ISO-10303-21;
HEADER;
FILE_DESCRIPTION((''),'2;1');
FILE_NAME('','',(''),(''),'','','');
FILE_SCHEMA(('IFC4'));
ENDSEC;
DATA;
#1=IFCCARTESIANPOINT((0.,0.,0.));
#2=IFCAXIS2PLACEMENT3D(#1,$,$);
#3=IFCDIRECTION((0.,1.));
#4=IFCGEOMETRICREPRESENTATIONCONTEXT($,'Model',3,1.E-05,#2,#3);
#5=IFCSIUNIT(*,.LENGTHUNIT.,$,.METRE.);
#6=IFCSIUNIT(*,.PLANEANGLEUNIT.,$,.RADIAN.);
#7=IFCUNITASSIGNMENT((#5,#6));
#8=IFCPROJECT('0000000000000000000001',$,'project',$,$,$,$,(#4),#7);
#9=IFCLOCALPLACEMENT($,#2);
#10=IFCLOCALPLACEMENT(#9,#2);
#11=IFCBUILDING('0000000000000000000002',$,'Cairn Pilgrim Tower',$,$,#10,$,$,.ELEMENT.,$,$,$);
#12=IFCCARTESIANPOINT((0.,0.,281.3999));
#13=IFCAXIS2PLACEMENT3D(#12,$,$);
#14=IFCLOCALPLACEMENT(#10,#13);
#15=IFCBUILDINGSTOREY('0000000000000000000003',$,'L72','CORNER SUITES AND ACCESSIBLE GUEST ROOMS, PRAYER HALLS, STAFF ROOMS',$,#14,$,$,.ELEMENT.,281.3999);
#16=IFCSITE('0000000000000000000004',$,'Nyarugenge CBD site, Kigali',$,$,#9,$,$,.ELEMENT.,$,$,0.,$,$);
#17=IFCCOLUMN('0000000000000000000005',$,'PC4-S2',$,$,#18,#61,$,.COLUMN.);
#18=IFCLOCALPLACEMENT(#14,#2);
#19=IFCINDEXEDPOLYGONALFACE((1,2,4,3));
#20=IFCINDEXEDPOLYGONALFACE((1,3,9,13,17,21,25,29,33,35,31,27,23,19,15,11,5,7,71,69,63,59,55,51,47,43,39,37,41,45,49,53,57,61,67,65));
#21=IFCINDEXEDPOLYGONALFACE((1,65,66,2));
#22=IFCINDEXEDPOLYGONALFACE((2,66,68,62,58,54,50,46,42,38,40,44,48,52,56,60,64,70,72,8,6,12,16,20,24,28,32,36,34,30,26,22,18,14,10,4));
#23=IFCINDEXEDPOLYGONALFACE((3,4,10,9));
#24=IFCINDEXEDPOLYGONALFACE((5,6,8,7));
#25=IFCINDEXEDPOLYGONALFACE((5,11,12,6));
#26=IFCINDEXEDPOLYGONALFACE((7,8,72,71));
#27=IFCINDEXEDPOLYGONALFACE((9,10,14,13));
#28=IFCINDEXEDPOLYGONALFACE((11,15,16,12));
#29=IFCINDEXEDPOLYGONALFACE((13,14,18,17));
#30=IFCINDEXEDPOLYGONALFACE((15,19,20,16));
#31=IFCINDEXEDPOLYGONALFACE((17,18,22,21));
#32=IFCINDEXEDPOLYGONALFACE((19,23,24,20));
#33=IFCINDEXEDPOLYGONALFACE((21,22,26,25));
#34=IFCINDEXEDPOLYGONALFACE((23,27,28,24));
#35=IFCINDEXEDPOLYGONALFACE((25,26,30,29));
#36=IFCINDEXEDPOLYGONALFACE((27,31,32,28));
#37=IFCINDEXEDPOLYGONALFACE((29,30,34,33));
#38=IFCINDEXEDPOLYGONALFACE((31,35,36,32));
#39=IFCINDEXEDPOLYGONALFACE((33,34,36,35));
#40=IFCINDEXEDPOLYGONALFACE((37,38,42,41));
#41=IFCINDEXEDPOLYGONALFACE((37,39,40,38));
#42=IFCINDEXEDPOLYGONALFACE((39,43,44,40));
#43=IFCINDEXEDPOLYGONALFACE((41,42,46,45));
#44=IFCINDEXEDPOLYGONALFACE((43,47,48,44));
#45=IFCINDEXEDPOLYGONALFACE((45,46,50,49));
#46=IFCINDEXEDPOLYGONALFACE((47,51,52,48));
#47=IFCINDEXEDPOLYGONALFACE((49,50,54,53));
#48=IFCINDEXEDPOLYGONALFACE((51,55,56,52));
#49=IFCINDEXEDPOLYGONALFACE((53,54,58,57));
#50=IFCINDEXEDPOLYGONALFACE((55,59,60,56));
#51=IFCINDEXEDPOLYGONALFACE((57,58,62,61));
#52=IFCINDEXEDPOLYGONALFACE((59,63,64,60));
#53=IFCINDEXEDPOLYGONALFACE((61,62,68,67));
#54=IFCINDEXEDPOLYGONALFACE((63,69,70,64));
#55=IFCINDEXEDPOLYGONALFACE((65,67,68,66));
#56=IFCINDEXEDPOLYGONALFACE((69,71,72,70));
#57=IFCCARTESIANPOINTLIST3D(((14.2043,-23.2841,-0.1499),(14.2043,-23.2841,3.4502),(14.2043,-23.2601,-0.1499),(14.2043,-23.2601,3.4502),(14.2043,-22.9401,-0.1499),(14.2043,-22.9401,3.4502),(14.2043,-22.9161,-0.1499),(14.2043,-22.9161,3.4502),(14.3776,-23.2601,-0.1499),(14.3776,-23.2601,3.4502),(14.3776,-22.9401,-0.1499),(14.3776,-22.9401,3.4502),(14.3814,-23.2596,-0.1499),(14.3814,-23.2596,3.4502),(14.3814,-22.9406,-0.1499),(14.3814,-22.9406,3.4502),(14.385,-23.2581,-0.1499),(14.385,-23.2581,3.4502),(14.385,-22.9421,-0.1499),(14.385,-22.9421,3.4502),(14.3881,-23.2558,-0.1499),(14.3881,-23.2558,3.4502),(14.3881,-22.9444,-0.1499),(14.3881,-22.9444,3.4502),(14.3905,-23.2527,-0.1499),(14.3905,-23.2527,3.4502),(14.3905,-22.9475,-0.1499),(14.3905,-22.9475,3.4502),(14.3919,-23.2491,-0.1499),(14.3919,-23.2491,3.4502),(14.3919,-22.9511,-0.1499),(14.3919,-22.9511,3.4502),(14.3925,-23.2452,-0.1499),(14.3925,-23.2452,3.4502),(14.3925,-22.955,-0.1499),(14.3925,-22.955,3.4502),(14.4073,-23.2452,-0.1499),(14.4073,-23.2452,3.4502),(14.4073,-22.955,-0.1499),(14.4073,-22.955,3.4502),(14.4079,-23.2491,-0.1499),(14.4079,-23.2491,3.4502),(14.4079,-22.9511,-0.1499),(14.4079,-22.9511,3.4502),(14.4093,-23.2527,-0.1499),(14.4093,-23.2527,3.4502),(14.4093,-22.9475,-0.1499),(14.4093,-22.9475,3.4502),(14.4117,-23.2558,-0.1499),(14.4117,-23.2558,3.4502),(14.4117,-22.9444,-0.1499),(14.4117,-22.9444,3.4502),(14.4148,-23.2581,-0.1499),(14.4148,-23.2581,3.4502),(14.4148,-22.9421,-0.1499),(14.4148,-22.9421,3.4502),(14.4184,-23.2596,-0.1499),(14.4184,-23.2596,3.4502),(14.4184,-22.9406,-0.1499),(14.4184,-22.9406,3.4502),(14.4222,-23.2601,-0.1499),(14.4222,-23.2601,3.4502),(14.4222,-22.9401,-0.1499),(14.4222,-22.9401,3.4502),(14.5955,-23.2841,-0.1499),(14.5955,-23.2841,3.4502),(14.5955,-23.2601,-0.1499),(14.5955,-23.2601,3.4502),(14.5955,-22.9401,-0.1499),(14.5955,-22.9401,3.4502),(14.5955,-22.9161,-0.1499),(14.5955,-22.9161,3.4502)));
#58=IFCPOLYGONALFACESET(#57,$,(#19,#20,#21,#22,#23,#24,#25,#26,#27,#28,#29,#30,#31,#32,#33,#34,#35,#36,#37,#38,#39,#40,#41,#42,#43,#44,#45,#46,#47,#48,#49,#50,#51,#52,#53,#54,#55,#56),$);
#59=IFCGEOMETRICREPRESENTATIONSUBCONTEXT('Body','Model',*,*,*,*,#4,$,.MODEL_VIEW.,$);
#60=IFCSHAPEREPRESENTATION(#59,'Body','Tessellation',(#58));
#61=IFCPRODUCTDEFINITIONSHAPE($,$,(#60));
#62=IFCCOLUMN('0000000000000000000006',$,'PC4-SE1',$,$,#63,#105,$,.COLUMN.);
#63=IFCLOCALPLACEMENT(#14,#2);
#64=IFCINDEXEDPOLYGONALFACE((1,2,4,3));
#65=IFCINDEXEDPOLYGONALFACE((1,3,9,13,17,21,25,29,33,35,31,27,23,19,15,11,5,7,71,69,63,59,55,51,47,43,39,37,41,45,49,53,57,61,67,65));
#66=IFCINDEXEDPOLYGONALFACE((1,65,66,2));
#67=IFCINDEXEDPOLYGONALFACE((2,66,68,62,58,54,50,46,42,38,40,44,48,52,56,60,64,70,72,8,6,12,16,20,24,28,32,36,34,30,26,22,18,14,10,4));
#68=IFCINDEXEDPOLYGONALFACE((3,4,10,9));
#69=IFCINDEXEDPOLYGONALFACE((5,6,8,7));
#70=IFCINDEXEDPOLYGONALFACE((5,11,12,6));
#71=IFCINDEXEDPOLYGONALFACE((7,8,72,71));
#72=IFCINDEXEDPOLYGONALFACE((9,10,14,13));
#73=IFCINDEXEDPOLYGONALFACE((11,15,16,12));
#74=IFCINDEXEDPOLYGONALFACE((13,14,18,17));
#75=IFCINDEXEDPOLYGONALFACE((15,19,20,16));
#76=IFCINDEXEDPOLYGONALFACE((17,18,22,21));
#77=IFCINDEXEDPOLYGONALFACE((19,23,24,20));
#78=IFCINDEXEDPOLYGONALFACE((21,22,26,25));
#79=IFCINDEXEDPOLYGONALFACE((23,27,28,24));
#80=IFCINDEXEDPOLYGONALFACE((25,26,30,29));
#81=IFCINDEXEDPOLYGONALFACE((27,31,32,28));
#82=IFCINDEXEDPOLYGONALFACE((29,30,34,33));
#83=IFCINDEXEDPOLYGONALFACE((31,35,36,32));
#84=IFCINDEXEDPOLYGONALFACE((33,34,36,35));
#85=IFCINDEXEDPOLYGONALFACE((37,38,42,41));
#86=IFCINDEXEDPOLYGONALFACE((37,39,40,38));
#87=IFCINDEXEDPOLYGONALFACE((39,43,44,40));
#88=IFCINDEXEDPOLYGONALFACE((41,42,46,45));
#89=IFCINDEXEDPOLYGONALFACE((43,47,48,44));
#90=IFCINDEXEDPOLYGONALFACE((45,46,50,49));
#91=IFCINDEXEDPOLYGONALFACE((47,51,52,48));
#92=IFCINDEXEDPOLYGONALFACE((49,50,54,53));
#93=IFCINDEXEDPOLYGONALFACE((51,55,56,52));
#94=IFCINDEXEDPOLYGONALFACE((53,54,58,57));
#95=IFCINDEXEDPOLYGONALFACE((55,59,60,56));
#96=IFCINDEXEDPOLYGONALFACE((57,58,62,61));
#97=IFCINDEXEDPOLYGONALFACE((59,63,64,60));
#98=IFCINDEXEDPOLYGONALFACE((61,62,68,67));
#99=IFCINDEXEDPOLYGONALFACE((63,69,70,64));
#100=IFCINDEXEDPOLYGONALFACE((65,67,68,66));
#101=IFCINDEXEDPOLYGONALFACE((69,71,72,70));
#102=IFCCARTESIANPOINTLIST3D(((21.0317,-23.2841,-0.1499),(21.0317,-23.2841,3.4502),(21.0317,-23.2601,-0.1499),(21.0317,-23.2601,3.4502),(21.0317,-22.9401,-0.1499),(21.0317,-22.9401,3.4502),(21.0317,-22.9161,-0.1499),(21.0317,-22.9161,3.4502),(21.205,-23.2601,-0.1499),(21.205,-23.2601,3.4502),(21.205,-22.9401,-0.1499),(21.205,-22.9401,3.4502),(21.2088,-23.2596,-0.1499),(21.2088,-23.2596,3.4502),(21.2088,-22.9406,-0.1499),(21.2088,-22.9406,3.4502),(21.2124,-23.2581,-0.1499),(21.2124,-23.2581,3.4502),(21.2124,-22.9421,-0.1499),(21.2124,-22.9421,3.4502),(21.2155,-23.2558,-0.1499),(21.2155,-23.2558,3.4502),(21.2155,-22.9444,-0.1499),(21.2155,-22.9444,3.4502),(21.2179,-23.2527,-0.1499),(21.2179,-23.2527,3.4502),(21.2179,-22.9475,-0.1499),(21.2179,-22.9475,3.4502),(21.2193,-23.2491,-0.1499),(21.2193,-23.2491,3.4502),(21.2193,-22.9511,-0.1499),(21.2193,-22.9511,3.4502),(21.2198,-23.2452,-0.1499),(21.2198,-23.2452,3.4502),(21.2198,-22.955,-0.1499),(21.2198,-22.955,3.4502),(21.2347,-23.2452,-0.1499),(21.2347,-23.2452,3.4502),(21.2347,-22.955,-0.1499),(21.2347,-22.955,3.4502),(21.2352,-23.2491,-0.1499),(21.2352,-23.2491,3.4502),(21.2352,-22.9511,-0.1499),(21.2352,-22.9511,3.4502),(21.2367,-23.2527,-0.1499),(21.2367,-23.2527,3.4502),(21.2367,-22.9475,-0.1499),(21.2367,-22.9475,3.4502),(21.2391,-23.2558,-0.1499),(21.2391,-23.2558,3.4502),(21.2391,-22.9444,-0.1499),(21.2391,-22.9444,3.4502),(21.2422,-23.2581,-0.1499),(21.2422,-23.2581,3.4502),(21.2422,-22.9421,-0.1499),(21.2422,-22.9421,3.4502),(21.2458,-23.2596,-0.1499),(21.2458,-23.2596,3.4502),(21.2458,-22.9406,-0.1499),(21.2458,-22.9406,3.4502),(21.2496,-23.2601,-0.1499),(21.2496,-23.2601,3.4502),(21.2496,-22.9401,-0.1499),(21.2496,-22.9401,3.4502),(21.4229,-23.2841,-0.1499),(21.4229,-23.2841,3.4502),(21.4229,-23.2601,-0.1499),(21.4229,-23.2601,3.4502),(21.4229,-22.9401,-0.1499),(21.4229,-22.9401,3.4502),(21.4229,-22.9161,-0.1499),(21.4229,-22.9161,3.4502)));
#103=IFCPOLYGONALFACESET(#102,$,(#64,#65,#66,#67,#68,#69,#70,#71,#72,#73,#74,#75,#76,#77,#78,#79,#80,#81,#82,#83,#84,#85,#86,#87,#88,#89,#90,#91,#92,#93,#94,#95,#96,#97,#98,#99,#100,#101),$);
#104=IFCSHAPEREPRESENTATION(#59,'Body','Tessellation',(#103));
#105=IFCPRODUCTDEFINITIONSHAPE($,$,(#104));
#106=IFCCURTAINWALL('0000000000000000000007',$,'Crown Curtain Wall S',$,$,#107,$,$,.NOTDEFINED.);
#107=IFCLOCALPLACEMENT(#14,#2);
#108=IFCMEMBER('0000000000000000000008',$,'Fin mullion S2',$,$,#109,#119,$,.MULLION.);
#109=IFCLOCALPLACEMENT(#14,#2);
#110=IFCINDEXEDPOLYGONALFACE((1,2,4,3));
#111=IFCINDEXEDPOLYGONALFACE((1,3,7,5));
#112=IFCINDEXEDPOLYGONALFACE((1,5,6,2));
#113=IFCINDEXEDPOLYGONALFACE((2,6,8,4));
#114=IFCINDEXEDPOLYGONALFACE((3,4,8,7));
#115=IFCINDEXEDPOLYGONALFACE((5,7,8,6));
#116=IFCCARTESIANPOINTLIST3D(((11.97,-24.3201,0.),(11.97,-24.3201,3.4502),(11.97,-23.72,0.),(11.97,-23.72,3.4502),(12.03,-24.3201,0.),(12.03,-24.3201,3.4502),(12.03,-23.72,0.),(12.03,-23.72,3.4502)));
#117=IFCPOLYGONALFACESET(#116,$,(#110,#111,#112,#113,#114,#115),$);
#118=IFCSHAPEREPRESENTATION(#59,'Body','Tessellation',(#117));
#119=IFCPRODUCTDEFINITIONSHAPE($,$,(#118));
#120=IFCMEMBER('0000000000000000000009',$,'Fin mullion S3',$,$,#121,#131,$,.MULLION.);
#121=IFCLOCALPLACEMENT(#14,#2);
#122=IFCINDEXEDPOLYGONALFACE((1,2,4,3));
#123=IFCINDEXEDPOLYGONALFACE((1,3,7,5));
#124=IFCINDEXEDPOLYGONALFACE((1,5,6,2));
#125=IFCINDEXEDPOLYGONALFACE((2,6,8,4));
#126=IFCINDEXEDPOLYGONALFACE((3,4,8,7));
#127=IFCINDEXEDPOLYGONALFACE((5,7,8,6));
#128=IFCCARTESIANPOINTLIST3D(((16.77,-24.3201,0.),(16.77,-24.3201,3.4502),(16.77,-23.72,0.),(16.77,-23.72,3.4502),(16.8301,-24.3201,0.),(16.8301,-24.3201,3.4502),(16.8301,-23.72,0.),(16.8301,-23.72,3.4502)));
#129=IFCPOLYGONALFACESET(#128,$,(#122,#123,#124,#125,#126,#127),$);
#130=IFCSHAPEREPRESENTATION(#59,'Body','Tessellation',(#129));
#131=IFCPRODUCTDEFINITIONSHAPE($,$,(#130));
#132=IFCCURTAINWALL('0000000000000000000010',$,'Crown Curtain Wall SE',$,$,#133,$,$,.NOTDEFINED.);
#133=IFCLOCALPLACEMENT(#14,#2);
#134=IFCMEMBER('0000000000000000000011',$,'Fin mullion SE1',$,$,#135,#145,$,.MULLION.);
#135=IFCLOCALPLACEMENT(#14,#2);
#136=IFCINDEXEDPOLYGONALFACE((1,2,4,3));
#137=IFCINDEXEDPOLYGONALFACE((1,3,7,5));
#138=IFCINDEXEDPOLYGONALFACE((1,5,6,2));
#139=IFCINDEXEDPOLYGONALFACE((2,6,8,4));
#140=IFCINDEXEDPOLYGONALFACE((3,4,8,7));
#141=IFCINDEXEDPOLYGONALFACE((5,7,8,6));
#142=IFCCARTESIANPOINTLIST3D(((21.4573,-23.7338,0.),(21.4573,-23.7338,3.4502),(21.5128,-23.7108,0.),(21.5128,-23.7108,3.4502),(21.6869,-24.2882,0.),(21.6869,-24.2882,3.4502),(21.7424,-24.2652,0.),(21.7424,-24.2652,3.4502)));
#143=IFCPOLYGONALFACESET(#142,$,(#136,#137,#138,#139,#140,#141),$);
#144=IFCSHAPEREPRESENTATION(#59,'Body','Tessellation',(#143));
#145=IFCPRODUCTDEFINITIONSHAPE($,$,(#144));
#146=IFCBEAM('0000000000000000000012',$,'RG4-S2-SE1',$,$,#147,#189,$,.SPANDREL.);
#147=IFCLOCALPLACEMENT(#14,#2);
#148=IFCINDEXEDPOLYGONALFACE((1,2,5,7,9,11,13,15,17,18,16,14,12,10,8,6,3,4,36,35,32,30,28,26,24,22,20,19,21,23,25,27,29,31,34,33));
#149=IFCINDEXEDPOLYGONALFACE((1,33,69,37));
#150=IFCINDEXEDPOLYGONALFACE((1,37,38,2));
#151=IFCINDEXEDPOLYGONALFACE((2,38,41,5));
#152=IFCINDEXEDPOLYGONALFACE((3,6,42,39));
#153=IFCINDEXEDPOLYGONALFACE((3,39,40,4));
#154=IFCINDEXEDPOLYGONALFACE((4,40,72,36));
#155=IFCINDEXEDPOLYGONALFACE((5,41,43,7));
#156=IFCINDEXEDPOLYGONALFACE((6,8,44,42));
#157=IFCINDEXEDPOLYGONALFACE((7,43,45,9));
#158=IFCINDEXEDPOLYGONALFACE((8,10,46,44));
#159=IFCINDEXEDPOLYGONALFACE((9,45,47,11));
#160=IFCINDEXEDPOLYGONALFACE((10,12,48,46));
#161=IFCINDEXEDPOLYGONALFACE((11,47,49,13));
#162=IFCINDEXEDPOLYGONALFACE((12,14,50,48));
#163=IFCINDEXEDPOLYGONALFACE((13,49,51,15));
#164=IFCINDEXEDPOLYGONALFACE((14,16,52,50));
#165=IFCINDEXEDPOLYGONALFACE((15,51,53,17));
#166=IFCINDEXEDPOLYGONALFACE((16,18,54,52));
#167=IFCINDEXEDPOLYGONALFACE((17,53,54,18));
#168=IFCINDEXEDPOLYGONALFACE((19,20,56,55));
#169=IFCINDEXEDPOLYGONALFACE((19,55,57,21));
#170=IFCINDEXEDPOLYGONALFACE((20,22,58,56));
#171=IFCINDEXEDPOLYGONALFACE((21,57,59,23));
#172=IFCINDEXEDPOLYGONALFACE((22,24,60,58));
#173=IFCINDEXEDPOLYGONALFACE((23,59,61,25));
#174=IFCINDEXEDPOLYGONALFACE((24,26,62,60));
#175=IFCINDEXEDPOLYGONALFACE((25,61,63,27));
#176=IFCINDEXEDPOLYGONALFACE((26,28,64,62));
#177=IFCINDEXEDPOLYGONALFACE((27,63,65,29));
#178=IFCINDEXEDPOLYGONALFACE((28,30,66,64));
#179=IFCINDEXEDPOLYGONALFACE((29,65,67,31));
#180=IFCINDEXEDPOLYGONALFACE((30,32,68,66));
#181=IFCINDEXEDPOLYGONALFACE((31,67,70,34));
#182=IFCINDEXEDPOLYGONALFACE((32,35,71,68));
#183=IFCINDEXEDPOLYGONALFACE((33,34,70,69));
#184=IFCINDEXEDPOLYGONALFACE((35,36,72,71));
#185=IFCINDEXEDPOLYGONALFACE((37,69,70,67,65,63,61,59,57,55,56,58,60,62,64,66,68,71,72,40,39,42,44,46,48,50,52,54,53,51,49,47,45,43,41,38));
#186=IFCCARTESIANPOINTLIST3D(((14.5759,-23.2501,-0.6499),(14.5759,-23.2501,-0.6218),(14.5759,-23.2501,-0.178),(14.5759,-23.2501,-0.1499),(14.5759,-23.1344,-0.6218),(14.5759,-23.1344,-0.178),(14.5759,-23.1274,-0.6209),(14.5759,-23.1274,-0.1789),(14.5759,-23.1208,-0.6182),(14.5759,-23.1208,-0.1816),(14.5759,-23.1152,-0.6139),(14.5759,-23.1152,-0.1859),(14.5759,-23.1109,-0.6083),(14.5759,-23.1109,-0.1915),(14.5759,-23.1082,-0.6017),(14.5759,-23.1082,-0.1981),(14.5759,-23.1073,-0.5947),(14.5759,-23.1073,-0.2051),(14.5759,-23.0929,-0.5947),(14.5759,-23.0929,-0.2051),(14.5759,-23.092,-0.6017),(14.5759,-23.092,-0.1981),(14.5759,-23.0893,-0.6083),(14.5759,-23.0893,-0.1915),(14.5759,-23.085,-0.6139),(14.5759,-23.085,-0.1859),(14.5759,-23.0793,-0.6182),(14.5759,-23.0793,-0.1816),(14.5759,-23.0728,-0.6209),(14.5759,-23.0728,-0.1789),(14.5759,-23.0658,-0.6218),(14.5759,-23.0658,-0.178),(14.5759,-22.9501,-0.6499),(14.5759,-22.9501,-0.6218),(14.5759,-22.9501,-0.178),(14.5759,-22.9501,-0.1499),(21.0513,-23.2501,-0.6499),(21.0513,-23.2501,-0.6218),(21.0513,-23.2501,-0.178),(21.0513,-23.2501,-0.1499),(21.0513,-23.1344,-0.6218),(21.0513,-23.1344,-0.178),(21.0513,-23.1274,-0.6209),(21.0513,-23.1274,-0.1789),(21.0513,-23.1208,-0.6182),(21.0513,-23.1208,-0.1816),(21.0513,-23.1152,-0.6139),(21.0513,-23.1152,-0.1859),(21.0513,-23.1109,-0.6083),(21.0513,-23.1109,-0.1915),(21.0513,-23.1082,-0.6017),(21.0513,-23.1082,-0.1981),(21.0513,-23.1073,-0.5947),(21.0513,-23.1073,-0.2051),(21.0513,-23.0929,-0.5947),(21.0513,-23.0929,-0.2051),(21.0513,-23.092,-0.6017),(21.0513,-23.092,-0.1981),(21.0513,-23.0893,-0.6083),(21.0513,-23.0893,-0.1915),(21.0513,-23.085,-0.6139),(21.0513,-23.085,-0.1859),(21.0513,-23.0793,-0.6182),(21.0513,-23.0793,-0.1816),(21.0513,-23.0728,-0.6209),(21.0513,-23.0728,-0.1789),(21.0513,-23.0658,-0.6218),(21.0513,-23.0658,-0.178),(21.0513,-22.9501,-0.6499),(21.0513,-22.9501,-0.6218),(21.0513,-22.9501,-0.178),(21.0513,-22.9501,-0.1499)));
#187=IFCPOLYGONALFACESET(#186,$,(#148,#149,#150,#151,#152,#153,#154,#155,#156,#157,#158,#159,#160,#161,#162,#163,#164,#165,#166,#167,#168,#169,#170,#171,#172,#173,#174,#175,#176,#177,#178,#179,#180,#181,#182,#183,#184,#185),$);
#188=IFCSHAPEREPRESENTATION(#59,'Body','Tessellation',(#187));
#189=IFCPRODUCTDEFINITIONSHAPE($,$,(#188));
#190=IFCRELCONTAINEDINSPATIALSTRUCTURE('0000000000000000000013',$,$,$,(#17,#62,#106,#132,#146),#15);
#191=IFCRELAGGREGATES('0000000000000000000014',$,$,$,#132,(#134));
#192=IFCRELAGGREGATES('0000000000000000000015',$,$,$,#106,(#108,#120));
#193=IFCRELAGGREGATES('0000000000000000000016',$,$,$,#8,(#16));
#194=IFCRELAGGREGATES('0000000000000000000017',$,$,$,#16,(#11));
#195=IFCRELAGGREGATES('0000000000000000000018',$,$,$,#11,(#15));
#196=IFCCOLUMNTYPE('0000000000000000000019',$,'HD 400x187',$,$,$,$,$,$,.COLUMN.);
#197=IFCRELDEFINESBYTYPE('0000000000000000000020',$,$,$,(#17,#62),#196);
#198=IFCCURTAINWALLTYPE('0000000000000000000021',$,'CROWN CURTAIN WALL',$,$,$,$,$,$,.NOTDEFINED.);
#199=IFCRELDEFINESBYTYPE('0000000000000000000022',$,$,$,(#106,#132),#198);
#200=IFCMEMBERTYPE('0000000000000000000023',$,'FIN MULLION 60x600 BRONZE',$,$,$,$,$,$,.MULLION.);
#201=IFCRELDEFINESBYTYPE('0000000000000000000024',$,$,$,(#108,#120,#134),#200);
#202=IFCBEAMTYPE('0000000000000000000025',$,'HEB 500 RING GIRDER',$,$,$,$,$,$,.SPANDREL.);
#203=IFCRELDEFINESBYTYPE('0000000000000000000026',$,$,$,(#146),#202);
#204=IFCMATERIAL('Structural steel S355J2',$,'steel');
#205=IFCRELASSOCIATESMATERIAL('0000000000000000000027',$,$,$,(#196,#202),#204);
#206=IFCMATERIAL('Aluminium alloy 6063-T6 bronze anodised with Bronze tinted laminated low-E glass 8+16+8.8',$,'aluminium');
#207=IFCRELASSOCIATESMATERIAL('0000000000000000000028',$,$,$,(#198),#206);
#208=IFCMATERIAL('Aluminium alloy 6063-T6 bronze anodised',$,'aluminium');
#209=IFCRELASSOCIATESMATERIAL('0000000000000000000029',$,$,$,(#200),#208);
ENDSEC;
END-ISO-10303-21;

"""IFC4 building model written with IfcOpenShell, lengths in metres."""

from ifc_helpers import new_model, si_unit, direction, frame, origin, origin_2d, place, context, subcontext, project, spatial, rectangle, i_section, extrude, material, material_profile, profile_set, type_object, element, aggregate, save


model = new_model("IFC4")

# Units and contexts
model_context = context("Model", 3, precision=1e-05, world=origin(), true_north=direction((0.0, 1.0)))
body_context = subcontext(model_context, "Body", "Model", "MODEL_VIEW")
ifc_project = project(units=[si_unit("LENGTHUNIT", "METRE"), si_unit("PLANEANGLEUNIT", "RADIAN")], contexts=[model_context])

# Site, building, storey
site_placement = place(None, origin())
site = spatial("IfcSite", under=ifc_project, at=site_placement, Name="Nyarugenge CBD site, Kigali", CompositionType="ELEMENT", RefElevation=0.0)
building_placement = place(site_placement, origin())
building = spatial("IfcBuilding", under=site, at=building_placement, Name="Cairn Pilgrim Tower", CompositionType="ELEMENT")
storey_placement = place(building_placement, frame((0.0, 0.0, 281.3999)))
storey = spatial("IfcBuildingStorey", under=building, at=storey_placement, Name="L72", Description="CORNER SUITES AND ACCESSIBLE GUEST ROOMS, PRAYER HALLS, STAFF ROOMS", CompositionType="ELEMENT", Elevation=281.3999)

# Columns
ifc_material_1 = material(Name="Structural steel S355J2", Category="steel")
ifc_material_profile_1 = material_profile(ifc_material_1, i_section(OverallWidth=0.3911, OverallDepth=0.3679, WebThickness=0.0149, FlangeThickness=0.0239, FilletRadius=0.0149, at=origin_2d()), Name="HD 400x187")
ifc_profile_set_1 = profile_set([ifc_material_profile_1], Name="Structural steel S355J2")
column_type = type_object("IfcColumnType", Name="HD 400x187", PredefinedType="COLUMN", material=ifc_profile_set_1)
for number, where, z_axis, x_axis, name in (
    (1, (14.3999, -23.1001, -0.1499), (0.0, 0.0, 1.0), (1.0, 0.0, 0.0), "PC4-S2"),
    (2, (21.2273, -23.1001, -0.1499), (0.0, 0.0, 1.0), (1.0, 0.0, 0.0), "PC4-SE1"),
):
    element("IfcColumn", number, at=place(storey_placement, frame(where, z_axis=z_axis, x_axis=x_axis)), inside=storey, type_object=column_type, Name=name, PredefinedType="COLUMN", context=body_context, shape_type="SweptSolid", body=[
        extrude(i_section(OverallWidth=0.3911, OverallDepth=0.3679, WebThickness=0.0149, FlangeThickness=0.0239, FilletRadius=0.0149, at=origin_2d()), origin(), (0.0, 0.0, 1.0), 3.6001),
    ])

# Curtain wall, members
ifc_material_2 = material(Name="Aluminium alloy 6063-T6 bronze anodised with Bronze tinted laminated low-E glass 8+16+8.8", Category="aluminium")
curtain_wall_type = type_object("IfcCurtainWallType", Name="CROWN CURTAIN WALL", PredefinedType="NOTDEFINED", material=ifc_material_2)
curtain_wall_1_placement = place(storey_placement, origin())
curtain_wall_1 = element("IfcCurtainWall", 3, at=curtain_wall_1_placement, inside=storey, type_object=curtain_wall_type, Name="Crown Curtain Wall S", PredefinedType="NOTDEFINED")
ifc_material_3 = material(Name="Aluminium alloy 6063-T6 bronze anodised", Category="aluminium")
ifc_material_profile_2 = material_profile(ifc_material_3, rectangle(XDim=0.6001, YDim=0.0601, at=origin_2d()), Name="FIN MULLION 60x600 BRONZE")
ifc_profile_set_2 = profile_set([ifc_material_profile_2], Name="Aluminium alloy 6063-T6 bronze anodised")
member_type_1 = type_object("IfcMemberType", Name="FIN MULLION 60x600 BRONZE", PredefinedType="MULLION", material=ifc_profile_set_2)
member_1_placement = place(storey_placement, frame((12.0, -24.02, 0.0), z_axis=(0.0, 0.0, 1.0), x_axis=(0.0, -1.0, 0.0)))
member_1 = element("IfcMember", 4, at=member_1_placement, type_object=member_type_1, Name="Fin mullion S2", PredefinedType="MULLION", context=body_context, shape_type="SweptSolid", body=[
    extrude(rectangle(XDim=0.6001, YDim=0.0601, at=origin_2d()), origin(), (0.0, 0.0, 1.0), 3.4502),
])
member_2_placement = place(storey_placement, frame((16.8, -24.02, 0.0), z_axis=(0.0, 0.0, 1.0), x_axis=(0.0, -1.0, 0.0)))
member_2 = element("IfcMember", 5, at=member_2_placement, type_object=member_type_1, Name="Fin mullion S3", PredefinedType="MULLION", context=body_context, shape_type="SweptSolid", body=[
    extrude(rectangle(XDim=0.6001, YDim=0.0601, at=origin_2d()), origin(), (0.0, 0.0, 1.0), 3.4502),
])

# Curtain wall, member
curtain_wall_2_placement = place(storey_placement, origin())
curtain_wall_2 = element("IfcCurtainWall", 6, at=curtain_wall_2_placement, inside=storey, type_object=curtain_wall_type, Name="Crown Curtain Wall SE", PredefinedType="NOTDEFINED")
member_3_placement = place(storey_placement, frame((21.5999, -23.9995, 0.0), z_axis=(0.0, 0.0, 1.0), x_axis=(0.382683, -0.92388, 0.0)))
member_3 = element("IfcMember", 7, at=member_3_placement, type_object=member_type_1, Name="Fin mullion SE1", PredefinedType="MULLION", context=body_context, shape_type="SweptSolid", body=[
    extrude(rectangle(XDim=0.6001, YDim=0.0601, at=origin_2d()), origin(), (0.0, 0.0, 1.0), 3.4502),
])
aggregate(curtain_wall_2, [member_3])

# Beam
ifc_material_profile_3 = material_profile(ifc_material_1, i_section(OverallWidth=0.3, OverallDepth=0.5, WebThickness=0.0144, FlangeThickness=0.0281, FilletRadius=0.0271, at=origin_2d()), Name="HEB 500")
ifc_profile_set_3 = profile_set([ifc_material_profile_3], Name="Structural steel S355J2")
beam_type_1 = type_object("IfcBeamType", Name="HEB 500 RING GIRDER", PredefinedType="SPANDREL", material=ifc_profile_set_3)
beam_1_placement = place(storey_placement, frame((14.5759, -23.1001, -0.3999), z_axis=(1.0, 0.0, 0.0), x_axis=(0.0, 1.0, 0.0)))
element("IfcBeam", 8, at=beam_1_placement, inside=storey, type_object=beam_type_1, Name="RG4-S2-SE1", PredefinedType="SPANDREL", context=body_context, shape_type="SweptSolid", body=[
    extrude(i_section(OverallWidth=0.3, OverallDepth=0.5, WebThickness=0.0144, FlangeThickness=0.0281, FilletRadius=0.0271, at=origin_2d()), origin(), (0.0, 0.0, 1.0), 6.4753),
])

aggregate(curtain_wall_1, [member_1, member_2])

save(model, "model.ifc")
